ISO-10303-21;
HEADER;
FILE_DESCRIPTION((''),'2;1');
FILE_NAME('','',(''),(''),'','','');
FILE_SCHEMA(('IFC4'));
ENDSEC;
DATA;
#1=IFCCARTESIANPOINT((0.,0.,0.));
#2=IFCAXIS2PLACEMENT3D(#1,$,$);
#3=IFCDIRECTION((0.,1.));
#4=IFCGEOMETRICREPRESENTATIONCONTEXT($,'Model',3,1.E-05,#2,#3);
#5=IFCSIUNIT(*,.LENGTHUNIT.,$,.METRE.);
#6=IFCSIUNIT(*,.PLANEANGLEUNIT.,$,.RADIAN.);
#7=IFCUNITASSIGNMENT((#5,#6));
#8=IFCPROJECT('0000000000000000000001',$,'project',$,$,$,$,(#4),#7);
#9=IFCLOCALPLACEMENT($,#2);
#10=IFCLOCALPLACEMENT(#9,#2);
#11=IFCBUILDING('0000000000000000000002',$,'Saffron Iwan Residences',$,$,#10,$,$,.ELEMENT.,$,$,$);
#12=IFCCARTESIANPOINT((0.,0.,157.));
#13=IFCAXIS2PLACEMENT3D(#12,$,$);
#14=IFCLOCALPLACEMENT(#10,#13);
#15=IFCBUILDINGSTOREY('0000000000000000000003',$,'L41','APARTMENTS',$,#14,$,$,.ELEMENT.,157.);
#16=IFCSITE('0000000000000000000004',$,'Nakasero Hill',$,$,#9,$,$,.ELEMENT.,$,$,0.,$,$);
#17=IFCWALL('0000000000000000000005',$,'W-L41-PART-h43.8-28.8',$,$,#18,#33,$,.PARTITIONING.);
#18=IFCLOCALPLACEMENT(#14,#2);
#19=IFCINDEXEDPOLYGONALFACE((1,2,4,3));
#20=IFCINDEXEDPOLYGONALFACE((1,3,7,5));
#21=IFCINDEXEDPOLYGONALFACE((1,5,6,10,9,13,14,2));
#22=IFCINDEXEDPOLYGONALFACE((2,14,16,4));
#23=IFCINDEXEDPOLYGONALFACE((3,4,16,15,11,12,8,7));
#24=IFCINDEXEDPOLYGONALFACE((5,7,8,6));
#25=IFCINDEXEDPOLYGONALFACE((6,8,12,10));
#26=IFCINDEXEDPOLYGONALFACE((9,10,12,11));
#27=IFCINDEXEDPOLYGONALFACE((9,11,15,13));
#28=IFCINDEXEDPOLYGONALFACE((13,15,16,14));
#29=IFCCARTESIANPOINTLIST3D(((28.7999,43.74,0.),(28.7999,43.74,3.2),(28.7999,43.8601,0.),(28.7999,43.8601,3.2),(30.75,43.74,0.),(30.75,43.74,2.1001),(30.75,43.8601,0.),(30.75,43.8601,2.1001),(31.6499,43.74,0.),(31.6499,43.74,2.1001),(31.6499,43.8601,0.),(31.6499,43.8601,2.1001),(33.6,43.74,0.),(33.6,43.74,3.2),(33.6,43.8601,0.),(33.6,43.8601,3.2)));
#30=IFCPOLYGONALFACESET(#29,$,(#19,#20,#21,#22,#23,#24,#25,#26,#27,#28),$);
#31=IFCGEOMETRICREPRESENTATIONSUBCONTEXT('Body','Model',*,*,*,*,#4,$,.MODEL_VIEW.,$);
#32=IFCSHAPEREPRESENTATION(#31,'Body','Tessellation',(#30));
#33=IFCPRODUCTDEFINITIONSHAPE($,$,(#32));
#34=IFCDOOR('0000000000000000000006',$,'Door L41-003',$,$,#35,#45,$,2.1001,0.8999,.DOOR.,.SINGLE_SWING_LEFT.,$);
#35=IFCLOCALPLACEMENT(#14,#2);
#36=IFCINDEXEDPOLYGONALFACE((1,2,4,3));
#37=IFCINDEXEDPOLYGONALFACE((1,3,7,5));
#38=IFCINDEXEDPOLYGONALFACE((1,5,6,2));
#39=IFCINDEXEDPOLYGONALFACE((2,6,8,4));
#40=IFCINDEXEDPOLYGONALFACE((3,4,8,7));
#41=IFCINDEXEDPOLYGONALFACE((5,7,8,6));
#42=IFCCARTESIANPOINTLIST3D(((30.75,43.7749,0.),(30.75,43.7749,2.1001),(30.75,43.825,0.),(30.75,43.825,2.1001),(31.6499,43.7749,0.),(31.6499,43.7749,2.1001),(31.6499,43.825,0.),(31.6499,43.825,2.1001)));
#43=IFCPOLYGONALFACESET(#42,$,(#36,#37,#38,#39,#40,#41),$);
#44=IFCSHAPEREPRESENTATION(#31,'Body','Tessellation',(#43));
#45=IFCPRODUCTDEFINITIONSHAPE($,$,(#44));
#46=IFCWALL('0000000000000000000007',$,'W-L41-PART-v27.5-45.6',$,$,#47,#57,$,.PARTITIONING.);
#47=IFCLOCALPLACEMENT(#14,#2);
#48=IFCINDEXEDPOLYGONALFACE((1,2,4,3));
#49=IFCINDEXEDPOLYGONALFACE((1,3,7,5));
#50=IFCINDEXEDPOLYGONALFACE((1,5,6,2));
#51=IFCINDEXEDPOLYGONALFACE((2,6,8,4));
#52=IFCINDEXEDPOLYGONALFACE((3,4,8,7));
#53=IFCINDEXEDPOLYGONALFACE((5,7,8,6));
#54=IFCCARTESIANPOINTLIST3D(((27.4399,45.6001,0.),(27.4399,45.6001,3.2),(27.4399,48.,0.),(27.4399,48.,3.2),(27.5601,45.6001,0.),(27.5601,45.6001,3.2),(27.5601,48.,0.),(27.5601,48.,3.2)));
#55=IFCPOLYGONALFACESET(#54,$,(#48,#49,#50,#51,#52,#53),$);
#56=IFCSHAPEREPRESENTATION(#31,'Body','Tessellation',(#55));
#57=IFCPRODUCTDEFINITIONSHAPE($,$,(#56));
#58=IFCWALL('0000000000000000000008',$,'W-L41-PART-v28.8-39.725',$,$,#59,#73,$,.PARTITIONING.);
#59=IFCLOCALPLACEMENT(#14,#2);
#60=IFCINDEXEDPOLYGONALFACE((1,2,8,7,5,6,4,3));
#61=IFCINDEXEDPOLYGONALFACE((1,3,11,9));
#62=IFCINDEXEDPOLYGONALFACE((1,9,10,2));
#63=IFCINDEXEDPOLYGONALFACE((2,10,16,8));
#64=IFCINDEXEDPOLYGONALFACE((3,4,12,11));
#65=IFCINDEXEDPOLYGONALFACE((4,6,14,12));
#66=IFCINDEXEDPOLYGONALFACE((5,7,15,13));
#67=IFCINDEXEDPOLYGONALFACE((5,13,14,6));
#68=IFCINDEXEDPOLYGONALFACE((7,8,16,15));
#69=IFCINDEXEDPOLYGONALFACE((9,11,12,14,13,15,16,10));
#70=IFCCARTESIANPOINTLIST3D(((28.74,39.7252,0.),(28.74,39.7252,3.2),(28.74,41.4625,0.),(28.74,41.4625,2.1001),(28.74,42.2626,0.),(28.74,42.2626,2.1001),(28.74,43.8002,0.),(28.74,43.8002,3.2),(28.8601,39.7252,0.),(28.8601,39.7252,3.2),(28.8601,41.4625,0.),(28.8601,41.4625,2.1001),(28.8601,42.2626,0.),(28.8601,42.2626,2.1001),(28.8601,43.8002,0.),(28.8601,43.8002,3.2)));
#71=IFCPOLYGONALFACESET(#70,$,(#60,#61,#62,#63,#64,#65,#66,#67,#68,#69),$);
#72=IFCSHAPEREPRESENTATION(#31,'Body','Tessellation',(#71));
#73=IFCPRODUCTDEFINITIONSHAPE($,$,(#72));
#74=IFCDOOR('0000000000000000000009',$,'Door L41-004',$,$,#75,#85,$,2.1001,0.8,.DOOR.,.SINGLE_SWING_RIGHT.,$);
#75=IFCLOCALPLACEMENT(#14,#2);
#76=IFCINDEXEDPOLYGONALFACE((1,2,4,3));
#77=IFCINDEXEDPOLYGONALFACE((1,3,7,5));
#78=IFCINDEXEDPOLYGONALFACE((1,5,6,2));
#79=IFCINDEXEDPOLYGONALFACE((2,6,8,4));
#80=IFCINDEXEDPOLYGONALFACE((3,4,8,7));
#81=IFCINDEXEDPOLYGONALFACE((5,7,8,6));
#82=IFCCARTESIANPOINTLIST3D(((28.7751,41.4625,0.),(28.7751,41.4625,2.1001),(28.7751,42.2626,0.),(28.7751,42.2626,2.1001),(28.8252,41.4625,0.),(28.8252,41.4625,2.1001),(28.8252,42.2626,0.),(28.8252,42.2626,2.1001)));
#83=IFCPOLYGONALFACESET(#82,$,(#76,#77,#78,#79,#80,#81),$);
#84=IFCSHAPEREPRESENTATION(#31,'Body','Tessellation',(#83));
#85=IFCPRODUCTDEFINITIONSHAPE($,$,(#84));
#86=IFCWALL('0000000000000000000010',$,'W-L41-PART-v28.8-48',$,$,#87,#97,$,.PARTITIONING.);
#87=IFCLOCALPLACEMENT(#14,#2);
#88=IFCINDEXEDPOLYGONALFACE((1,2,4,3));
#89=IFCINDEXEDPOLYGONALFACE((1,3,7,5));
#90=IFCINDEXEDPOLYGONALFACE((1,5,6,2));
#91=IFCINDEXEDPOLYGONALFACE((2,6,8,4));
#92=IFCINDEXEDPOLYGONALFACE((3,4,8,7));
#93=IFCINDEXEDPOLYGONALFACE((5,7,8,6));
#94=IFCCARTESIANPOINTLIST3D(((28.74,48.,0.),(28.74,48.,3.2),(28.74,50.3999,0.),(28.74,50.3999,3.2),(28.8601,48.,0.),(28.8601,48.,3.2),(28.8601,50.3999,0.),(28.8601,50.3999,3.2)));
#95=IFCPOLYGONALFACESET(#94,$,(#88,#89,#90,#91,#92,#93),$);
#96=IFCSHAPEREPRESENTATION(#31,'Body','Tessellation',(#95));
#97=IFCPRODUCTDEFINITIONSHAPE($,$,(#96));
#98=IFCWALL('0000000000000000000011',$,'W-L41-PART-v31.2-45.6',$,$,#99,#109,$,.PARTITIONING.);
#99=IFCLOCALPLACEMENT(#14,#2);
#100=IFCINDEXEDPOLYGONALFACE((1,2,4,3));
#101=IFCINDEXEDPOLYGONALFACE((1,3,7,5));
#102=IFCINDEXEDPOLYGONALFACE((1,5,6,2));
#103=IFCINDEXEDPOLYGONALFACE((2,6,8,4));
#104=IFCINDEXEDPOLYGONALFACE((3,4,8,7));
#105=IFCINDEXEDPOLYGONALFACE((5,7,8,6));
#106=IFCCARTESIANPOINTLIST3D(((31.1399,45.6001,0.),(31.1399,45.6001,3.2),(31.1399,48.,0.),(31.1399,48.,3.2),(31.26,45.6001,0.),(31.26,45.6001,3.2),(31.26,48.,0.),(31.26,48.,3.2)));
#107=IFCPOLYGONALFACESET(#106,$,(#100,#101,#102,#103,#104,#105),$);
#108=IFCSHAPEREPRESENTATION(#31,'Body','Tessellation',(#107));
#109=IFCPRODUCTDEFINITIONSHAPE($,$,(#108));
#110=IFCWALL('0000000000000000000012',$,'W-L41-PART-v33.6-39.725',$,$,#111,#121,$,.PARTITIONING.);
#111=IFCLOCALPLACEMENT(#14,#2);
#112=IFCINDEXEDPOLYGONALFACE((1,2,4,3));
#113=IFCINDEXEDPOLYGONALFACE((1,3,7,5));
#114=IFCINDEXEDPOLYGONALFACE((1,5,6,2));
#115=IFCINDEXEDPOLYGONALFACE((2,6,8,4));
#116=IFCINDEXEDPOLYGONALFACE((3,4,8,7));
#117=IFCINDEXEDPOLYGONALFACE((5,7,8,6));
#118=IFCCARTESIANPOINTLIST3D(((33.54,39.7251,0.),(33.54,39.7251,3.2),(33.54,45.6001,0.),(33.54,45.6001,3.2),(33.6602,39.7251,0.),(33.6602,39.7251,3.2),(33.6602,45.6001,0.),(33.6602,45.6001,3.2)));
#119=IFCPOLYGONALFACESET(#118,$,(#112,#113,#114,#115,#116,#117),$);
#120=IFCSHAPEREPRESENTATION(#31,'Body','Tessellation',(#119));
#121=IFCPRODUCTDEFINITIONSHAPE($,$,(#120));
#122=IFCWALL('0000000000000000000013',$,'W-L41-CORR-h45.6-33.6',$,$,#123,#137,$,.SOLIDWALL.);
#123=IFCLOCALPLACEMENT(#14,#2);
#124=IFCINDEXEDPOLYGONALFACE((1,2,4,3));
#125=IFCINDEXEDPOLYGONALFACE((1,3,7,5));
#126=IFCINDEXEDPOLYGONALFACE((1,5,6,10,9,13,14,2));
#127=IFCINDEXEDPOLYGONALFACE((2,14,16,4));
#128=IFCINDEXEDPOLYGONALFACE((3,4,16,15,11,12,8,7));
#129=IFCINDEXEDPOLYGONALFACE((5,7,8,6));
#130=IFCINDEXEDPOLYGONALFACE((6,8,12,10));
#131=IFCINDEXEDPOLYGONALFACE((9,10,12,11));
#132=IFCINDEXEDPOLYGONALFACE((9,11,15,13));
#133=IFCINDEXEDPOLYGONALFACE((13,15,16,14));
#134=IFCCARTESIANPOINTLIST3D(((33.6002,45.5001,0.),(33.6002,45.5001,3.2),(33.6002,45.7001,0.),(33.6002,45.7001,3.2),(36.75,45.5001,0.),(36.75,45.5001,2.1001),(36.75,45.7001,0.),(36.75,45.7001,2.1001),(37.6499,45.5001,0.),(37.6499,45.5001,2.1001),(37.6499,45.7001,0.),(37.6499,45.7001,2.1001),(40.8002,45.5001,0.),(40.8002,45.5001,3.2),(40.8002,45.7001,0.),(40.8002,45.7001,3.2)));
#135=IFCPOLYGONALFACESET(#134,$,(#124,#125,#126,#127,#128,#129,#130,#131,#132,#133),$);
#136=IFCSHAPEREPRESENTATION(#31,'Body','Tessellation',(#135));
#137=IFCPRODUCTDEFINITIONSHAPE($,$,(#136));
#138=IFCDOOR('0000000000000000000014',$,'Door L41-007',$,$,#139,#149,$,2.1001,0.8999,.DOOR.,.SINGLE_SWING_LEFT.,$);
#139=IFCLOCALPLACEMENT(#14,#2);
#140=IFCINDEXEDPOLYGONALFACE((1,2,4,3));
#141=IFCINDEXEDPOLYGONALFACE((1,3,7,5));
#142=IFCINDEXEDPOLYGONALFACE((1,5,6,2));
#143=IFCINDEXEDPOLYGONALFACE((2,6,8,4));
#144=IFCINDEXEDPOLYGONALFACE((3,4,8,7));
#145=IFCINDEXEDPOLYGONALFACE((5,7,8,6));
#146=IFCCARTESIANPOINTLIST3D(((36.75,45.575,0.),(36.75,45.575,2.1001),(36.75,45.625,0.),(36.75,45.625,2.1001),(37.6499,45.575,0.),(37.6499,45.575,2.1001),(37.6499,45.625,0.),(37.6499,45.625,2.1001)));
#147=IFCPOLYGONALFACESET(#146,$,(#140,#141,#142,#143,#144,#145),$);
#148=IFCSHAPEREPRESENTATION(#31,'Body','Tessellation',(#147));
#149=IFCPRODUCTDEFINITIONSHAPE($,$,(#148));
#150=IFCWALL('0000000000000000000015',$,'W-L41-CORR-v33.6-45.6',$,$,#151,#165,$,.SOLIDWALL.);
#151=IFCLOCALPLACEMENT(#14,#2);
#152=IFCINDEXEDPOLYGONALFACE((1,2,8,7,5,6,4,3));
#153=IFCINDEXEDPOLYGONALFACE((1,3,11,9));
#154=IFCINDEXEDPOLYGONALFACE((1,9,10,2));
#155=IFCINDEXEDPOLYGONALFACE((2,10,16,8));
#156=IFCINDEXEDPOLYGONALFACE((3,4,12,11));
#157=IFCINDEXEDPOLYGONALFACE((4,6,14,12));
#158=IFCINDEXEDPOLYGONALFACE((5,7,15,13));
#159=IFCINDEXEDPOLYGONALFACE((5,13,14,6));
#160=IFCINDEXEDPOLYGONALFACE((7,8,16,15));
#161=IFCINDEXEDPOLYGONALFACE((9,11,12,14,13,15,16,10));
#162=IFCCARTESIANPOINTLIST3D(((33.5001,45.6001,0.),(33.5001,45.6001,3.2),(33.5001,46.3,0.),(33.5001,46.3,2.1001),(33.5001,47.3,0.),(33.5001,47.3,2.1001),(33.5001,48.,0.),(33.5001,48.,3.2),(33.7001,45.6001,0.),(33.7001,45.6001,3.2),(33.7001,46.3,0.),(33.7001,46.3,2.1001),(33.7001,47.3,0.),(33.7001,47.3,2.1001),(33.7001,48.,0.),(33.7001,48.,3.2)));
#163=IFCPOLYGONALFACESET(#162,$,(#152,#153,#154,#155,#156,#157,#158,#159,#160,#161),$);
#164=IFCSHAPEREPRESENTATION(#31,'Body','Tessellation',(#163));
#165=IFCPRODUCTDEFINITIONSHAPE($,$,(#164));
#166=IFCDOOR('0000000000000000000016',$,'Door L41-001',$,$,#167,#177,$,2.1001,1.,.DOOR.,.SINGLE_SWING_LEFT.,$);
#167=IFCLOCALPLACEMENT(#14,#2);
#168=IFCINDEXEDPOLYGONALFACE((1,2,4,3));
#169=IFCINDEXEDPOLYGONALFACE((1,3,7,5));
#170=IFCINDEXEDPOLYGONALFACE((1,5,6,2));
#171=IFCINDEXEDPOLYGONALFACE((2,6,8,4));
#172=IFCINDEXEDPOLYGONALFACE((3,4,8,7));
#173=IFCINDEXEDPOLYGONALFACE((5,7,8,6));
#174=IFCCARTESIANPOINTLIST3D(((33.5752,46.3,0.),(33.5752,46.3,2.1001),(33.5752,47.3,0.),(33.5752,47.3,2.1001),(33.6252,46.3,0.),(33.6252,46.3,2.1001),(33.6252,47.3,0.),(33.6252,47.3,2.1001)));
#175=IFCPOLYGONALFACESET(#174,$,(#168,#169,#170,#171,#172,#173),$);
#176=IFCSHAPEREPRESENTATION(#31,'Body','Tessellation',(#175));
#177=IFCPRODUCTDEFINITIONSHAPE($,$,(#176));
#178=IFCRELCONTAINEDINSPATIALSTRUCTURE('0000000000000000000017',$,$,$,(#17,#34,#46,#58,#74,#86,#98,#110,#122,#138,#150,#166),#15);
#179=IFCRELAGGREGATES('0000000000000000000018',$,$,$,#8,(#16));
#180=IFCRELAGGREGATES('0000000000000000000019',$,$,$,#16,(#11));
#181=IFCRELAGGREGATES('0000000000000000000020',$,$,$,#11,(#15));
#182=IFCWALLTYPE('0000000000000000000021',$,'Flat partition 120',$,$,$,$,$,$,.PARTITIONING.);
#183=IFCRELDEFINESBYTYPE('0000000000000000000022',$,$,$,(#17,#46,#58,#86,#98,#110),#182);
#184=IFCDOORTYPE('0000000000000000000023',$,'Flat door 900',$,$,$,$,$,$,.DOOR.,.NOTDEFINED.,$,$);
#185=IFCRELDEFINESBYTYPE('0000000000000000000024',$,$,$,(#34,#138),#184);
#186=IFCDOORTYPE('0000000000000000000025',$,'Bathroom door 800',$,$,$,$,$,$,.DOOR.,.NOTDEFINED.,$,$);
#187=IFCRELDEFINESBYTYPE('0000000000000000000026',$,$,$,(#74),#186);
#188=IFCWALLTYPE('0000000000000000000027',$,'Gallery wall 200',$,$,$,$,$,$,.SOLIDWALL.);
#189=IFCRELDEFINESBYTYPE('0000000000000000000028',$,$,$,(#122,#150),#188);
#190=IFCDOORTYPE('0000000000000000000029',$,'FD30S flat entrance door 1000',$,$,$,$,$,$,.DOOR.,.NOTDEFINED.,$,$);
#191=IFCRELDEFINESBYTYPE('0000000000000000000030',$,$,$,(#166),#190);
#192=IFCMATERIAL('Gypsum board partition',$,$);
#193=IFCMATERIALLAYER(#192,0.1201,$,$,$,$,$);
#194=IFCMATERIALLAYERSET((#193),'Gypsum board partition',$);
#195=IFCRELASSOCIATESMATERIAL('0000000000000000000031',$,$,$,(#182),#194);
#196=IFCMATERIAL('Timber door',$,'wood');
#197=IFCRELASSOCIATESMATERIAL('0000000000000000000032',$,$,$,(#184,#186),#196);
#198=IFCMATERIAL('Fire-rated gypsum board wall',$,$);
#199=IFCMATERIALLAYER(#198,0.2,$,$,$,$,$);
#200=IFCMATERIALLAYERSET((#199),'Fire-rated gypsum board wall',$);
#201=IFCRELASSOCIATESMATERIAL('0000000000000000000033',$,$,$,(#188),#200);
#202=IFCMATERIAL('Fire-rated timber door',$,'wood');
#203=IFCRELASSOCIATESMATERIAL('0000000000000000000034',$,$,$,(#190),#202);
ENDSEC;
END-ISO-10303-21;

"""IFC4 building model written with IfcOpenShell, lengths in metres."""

from ifc_helpers import new_model, si_unit, direction, frame, frame_2d, origin, place, context, subcontext, project, spatial, rectangle, extrude, material, layer, layer_set, type_object, element, fill, save


model = new_model("IFC4")

# Units and contexts
model_context = context("Model", 3, precision=1e-05, world=origin(), true_north=direction((0.0, 1.0)))
body_context = subcontext(model_context, "Body", "Model", "MODEL_VIEW")
ifc_project = project(units=[si_unit("LENGTHUNIT", "METRE"), si_unit("PLANEANGLEUNIT", "RADIAN")], contexts=[model_context])

# Site, building, storey
site_placement = place(None, origin())
site = spatial("IfcSite", under=ifc_project, at=site_placement, Name="Nakasero Hill", CompositionType="ELEMENT", RefElevation=0.0)
building_placement = place(site_placement, origin())
building = spatial("IfcBuilding", under=site, at=building_placement, Name="Saffron Iwan Residences", CompositionType="ELEMENT")
storey_placement = place(building_placement, frame((0.0, 0.0, 157.0)))
storey = spatial("IfcBuildingStorey", under=building, at=storey_placement, Name="L41", Description="APARTMENTS", CompositionType="ELEMENT", Elevation=157.0)

# Wall, opening, door
ifc_material_1 = material(Name="Gypsum board partition")
ifc_layer_1 = layer(ifc_material_1, 0.1201)
ifc_layer_set_1 = layer_set([ifc_layer_1], Name="Gypsum board partition")
wall_type_1 = type_object("IfcWallType", Name="Flat partition 120", PredefinedType="PARTITIONING", material=ifc_layer_set_1)
wall_1_placement = place(storey_placement, frame((28.8, 43.8, 0.0), z_axis=(0.0, 0.0, 1.0), x_axis=(1.0, 0.0, 0.0)))
wall_1 = element("IfcWall", 1, at=wall_1_placement, inside=storey, type_object=wall_type_1, Name="W-L41-PART-h43.8-28.8", PredefinedType="PARTITIONING", context=body_context, shape_type="SweptSolid", body=[
    extrude(rectangle(XDim=4.8, YDim=0.1201, at=frame_2d((2.3999, 0.0))), origin(), (0.0, 0.0, 1.0), 3.2),
])
opening_1_placement = place(wall_1_placement, frame((1.95, 0.0, 0.0)))
opening_1 = element("IfcOpeningElement", 2, at=opening_1_placement, cuts=wall_1, PredefinedType="OPENING", context=body_context, shape_type="SweptSolid", body=[
    extrude(rectangle(XDim=0.8999, YDim=2.1001, at=frame_2d((0.45, 1.05))), frame((0.0, 0.0701, 0.0), z_axis=(0.0, -1.0, 0.0), x_axis=(1.0, 0.0, 0.0)), (0.0, 0.0, 1.0), 0.1401),
])
ifc_material_2 = material(Name="Timber door", Category="wood")
door_type_1 = type_object("IfcDoorType", Name="Flat door 900", OperationType="NOTDEFINED", PredefinedType="DOOR", material=ifc_material_2)
door_1_placement = place(opening_1_placement, origin())
door_1 = element("IfcDoor", 3, at=door_1_placement, inside=storey, type_object=door_type_1, Name="Door L41-003", OperationType="SINGLE_SWING_LEFT", OverallHeight=2.1001, OverallWidth=0.8999, PredefinedType="DOOR", context=body_context, shape_type="SweptSolid", body=[
    extrude(rectangle(XDim=0.8999, YDim=2.1001, at=frame_2d((0.45, 1.05))), frame((0.0, 0.0249, 0.0), z_axis=(0.0, -1.0, 0.0), x_axis=(1.0, 0.0, 0.0)), (0.0, 0.0, 1.0), 0.05),
])
fill(opening_1, door_1)

# Wall
wall_2_placement = place(storey_placement, frame((27.5, 45.6001, 0.0), z_axis=(0.0, 0.0, 1.0), x_axis=(0.0, 1.0, 0.0)))
element("IfcWall", 4, at=wall_2_placement, inside=storey, type_object=wall_type_1, Name="W-L41-PART-v27.5-45.6", PredefinedType="PARTITIONING", context=body_context, shape_type="SweptSolid", body=[
    extrude(rectangle(XDim=2.3999, YDim=0.1201, at=frame_2d((1.2, 0.0))), origin(), (0.0, 0.0, 1.0), 3.2),
])

# Wall, opening, door
wall_3_placement = place(storey_placement, frame((28.8, 39.7251, 0.0), z_axis=(0.0, 0.0, 1.0), x_axis=(0.0, 1.0, 0.0)))
wall_3 = element("IfcWall", 5, at=wall_3_placement, inside=storey, type_object=wall_type_1, Name="W-L41-PART-v28.8-39.725", PredefinedType="PARTITIONING", context=body_context, shape_type="SweptSolid", body=[
    extrude(rectangle(XDim=4.075, YDim=0.1201, at=frame_2d((2.0376, 0.0))), origin(), (0.0, 0.0, 1.0), 3.2),
])
opening_2_placement = place(wall_3_placement, frame((1.7375, 0.0, 0.0)))
opening_2 = element("IfcOpeningElement", 6, at=opening_2_placement, cuts=wall_3, PredefinedType="OPENING", context=body_context, shape_type="SweptSolid", body=[
    extrude(rectangle(XDim=0.8, YDim=2.1001, at=frame_2d((0.3999, 1.05))), frame((0.0, 0.0701, 0.0), z_axis=(0.0, -1.0, 0.0), x_axis=(1.0, 0.0, 0.0)), (0.0, 0.0, 1.0), 0.1401),
])
door_type_2 = type_object("IfcDoorType", Name="Bathroom door 800", OperationType="NOTDEFINED", PredefinedType="DOOR", material=ifc_material_2)
door_2_placement = place(opening_2_placement, origin())
door_2 = element("IfcDoor", 7, at=door_2_placement, inside=storey, type_object=door_type_2, Name="Door L41-004", OperationType="SINGLE_SWING_RIGHT", OverallHeight=2.1001, OverallWidth=0.8, PredefinedType="DOOR", context=body_context, shape_type="SweptSolid", body=[
    extrude(rectangle(XDim=0.8, YDim=2.1001, at=frame_2d((0.3999, 1.05))), frame((0.0, 0.0249, 0.0), z_axis=(0.0, -1.0, 0.0), x_axis=(1.0, 0.0, 0.0)), (0.0, 0.0, 1.0), 0.05),
])
fill(opening_2, door_2)

# Walls
for number, where, z_axis, x_axis, name in (
    (8, (28.8, 48.0, 0.0), (0.0, 0.0, 1.0), (0.0, 1.0, 0.0), "W-L41-PART-v28.8-48"),
    (9, (31.2, 45.6001, 0.0), (0.0, 0.0, 1.0), (0.0, 1.0, 0.0), "W-L41-PART-v31.2-45.6"),
):
    element("IfcWall", number, at=place(storey_placement, frame(where, z_axis=z_axis, x_axis=x_axis)), inside=storey, type_object=wall_type_1, Name=name, PredefinedType="PARTITIONING", context=body_context, shape_type="SweptSolid", body=[
        extrude(rectangle(XDim=2.3999, YDim=0.1201, at=frame_2d((1.2, 0.0))), origin(), (0.0, 0.0, 1.0), 3.2),
    ])
wall_4_placement = place(storey_placement, frame((33.6001, 39.7251, 0.0), z_axis=(0.0, 0.0, 1.0), x_axis=(0.0, 1.0, 0.0)))
element("IfcWall", 10, at=wall_4_placement, inside=storey, type_object=wall_type_1, Name="W-L41-PART-v33.6-39.725", PredefinedType="PARTITIONING", context=body_context, shape_type="SweptSolid", body=[
    extrude(rectangle(XDim=5.875, YDim=0.1201, at=frame_2d((2.9375, 0.0))), origin(), (0.0, 0.0, 1.0), 3.2),
])

# Walls, openings, doors
ifc_material_3 = material(Name="Fire-rated gypsum board wall")
ifc_layer_2 = layer(ifc_material_3, 0.2)
ifc_layer_set_2 = layer_set([ifc_layer_2], Name="Fire-rated gypsum board wall")
wall_type_2 = type_object("IfcWallType", Name="Gallery wall 200", PredefinedType="SOLIDWALL", material=ifc_layer_set_2)
wall_5_placement = place(storey_placement, frame((33.6001, 45.6001, 0.0), z_axis=(0.0, 0.0, 1.0), x_axis=(1.0, 0.0, 0.0)))
wall_5 = element("IfcWall", 11, at=wall_5_placement, inside=storey, type_object=wall_type_2, Name="W-L41-CORR-h45.6-33.6", PredefinedType="SOLIDWALL", context=body_context, shape_type="SweptSolid", body=[
    extrude(rectangle(XDim=7.2, YDim=0.2, at=frame_2d((3.6001, 0.0))), origin(), (0.0, 0.0, 1.0), 3.2),
])
opening_3_placement = place(wall_5_placement, frame((3.1499, 0.0, 0.0)))
opening_3 = element("IfcOpeningElement", 12, at=opening_3_placement, cuts=wall_5, PredefinedType="OPENING", context=body_context, shape_type="SweptSolid", body=[
    extrude(rectangle(XDim=0.8999, YDim=2.1001, at=frame_2d((0.45, 1.05))), frame((0.0, 0.1099, 0.0), z_axis=(0.0, -1.0, 0.0), x_axis=(1.0, 0.0, 0.0)), (0.0, 0.0, 1.0), 0.22),
])
door_3_placement = place(opening_3_placement, origin())
door_3 = element("IfcDoor", 13, at=door_3_placement, inside=storey, type_object=door_type_1, Name="Door L41-007", OperationType="SINGLE_SWING_LEFT", OverallHeight=2.1001, OverallWidth=0.8999, PredefinedType="DOOR", context=body_context, shape_type="SweptSolid", body=[
    extrude(rectangle(XDim=0.8999, YDim=2.1001, at=frame_2d((0.45, 1.05))), frame((0.0, 0.0249, 0.0), z_axis=(0.0, -1.0, 0.0), x_axis=(1.0, 0.0, 0.0)), (0.0, 0.0, 1.0), 0.05),
])
fill(opening_3, door_3)
wall_6_placement = place(storey_placement, frame((33.6001, 45.6001, 0.0), z_axis=(0.0, 0.0, 1.0), x_axis=(0.0, 1.0, 0.0)))
wall_6 = element("IfcWall", 14, at=wall_6_placement, inside=storey, type_object=wall_type_2, Name="W-L41-CORR-v33.6-45.6", PredefinedType="SOLIDWALL", context=body_context, shape_type="SweptSolid", body=[
    extrude(rectangle(XDim=2.3999, YDim=0.2, at=frame_2d((1.2, 0.0))), origin(), (0.0, 0.0, 1.0), 3.2),
])
opening_4_placement = place(wall_6_placement, frame((0.7, 0.0, 0.0)))
opening_4 = element("IfcOpeningElement", 15, at=opening_4_placement, cuts=wall_6, PredefinedType="OPENING", context=body_context, shape_type="SweptSolid", body=[
    extrude(rectangle(XDim=1.0, YDim=2.1001, at=frame_2d((0.5, 1.05))), frame((0.0, 0.1099, 0.0), z_axis=(0.0, -1.0, 0.0), x_axis=(1.0, 0.0, 0.0)), (0.0, 0.0, 1.0), 0.22),
])
ifc_material_4 = material(Name="Fire-rated timber door", Category="wood")
door_type_3 = type_object("IfcDoorType", Name="FD30S flat entrance door 1000", OperationType="NOTDEFINED", PredefinedType="DOOR", material=ifc_material_4)
door_4_placement = place(opening_4_placement, origin())
door_4 = element("IfcDoor", 16, at=door_4_placement, inside=storey, type_object=door_type_3, Name="Door L41-001", OperationType="SINGLE_SWING_LEFT", OverallHeight=2.1001, OverallWidth=1.0, PredefinedType="DOOR", context=body_context, shape_type="SweptSolid", body=[
    extrude(rectangle(XDim=1.0, YDim=2.1001, at=frame_2d((0.5, 1.05))), frame((0.0, 0.0249, 0.0), z_axis=(0.0, -1.0, 0.0), x_axis=(1.0, 0.0, 0.0)), (0.0, 0.0, 1.0), 0.05),
])
fill(opening_4, door_4)

save(model, "model.ifc")
